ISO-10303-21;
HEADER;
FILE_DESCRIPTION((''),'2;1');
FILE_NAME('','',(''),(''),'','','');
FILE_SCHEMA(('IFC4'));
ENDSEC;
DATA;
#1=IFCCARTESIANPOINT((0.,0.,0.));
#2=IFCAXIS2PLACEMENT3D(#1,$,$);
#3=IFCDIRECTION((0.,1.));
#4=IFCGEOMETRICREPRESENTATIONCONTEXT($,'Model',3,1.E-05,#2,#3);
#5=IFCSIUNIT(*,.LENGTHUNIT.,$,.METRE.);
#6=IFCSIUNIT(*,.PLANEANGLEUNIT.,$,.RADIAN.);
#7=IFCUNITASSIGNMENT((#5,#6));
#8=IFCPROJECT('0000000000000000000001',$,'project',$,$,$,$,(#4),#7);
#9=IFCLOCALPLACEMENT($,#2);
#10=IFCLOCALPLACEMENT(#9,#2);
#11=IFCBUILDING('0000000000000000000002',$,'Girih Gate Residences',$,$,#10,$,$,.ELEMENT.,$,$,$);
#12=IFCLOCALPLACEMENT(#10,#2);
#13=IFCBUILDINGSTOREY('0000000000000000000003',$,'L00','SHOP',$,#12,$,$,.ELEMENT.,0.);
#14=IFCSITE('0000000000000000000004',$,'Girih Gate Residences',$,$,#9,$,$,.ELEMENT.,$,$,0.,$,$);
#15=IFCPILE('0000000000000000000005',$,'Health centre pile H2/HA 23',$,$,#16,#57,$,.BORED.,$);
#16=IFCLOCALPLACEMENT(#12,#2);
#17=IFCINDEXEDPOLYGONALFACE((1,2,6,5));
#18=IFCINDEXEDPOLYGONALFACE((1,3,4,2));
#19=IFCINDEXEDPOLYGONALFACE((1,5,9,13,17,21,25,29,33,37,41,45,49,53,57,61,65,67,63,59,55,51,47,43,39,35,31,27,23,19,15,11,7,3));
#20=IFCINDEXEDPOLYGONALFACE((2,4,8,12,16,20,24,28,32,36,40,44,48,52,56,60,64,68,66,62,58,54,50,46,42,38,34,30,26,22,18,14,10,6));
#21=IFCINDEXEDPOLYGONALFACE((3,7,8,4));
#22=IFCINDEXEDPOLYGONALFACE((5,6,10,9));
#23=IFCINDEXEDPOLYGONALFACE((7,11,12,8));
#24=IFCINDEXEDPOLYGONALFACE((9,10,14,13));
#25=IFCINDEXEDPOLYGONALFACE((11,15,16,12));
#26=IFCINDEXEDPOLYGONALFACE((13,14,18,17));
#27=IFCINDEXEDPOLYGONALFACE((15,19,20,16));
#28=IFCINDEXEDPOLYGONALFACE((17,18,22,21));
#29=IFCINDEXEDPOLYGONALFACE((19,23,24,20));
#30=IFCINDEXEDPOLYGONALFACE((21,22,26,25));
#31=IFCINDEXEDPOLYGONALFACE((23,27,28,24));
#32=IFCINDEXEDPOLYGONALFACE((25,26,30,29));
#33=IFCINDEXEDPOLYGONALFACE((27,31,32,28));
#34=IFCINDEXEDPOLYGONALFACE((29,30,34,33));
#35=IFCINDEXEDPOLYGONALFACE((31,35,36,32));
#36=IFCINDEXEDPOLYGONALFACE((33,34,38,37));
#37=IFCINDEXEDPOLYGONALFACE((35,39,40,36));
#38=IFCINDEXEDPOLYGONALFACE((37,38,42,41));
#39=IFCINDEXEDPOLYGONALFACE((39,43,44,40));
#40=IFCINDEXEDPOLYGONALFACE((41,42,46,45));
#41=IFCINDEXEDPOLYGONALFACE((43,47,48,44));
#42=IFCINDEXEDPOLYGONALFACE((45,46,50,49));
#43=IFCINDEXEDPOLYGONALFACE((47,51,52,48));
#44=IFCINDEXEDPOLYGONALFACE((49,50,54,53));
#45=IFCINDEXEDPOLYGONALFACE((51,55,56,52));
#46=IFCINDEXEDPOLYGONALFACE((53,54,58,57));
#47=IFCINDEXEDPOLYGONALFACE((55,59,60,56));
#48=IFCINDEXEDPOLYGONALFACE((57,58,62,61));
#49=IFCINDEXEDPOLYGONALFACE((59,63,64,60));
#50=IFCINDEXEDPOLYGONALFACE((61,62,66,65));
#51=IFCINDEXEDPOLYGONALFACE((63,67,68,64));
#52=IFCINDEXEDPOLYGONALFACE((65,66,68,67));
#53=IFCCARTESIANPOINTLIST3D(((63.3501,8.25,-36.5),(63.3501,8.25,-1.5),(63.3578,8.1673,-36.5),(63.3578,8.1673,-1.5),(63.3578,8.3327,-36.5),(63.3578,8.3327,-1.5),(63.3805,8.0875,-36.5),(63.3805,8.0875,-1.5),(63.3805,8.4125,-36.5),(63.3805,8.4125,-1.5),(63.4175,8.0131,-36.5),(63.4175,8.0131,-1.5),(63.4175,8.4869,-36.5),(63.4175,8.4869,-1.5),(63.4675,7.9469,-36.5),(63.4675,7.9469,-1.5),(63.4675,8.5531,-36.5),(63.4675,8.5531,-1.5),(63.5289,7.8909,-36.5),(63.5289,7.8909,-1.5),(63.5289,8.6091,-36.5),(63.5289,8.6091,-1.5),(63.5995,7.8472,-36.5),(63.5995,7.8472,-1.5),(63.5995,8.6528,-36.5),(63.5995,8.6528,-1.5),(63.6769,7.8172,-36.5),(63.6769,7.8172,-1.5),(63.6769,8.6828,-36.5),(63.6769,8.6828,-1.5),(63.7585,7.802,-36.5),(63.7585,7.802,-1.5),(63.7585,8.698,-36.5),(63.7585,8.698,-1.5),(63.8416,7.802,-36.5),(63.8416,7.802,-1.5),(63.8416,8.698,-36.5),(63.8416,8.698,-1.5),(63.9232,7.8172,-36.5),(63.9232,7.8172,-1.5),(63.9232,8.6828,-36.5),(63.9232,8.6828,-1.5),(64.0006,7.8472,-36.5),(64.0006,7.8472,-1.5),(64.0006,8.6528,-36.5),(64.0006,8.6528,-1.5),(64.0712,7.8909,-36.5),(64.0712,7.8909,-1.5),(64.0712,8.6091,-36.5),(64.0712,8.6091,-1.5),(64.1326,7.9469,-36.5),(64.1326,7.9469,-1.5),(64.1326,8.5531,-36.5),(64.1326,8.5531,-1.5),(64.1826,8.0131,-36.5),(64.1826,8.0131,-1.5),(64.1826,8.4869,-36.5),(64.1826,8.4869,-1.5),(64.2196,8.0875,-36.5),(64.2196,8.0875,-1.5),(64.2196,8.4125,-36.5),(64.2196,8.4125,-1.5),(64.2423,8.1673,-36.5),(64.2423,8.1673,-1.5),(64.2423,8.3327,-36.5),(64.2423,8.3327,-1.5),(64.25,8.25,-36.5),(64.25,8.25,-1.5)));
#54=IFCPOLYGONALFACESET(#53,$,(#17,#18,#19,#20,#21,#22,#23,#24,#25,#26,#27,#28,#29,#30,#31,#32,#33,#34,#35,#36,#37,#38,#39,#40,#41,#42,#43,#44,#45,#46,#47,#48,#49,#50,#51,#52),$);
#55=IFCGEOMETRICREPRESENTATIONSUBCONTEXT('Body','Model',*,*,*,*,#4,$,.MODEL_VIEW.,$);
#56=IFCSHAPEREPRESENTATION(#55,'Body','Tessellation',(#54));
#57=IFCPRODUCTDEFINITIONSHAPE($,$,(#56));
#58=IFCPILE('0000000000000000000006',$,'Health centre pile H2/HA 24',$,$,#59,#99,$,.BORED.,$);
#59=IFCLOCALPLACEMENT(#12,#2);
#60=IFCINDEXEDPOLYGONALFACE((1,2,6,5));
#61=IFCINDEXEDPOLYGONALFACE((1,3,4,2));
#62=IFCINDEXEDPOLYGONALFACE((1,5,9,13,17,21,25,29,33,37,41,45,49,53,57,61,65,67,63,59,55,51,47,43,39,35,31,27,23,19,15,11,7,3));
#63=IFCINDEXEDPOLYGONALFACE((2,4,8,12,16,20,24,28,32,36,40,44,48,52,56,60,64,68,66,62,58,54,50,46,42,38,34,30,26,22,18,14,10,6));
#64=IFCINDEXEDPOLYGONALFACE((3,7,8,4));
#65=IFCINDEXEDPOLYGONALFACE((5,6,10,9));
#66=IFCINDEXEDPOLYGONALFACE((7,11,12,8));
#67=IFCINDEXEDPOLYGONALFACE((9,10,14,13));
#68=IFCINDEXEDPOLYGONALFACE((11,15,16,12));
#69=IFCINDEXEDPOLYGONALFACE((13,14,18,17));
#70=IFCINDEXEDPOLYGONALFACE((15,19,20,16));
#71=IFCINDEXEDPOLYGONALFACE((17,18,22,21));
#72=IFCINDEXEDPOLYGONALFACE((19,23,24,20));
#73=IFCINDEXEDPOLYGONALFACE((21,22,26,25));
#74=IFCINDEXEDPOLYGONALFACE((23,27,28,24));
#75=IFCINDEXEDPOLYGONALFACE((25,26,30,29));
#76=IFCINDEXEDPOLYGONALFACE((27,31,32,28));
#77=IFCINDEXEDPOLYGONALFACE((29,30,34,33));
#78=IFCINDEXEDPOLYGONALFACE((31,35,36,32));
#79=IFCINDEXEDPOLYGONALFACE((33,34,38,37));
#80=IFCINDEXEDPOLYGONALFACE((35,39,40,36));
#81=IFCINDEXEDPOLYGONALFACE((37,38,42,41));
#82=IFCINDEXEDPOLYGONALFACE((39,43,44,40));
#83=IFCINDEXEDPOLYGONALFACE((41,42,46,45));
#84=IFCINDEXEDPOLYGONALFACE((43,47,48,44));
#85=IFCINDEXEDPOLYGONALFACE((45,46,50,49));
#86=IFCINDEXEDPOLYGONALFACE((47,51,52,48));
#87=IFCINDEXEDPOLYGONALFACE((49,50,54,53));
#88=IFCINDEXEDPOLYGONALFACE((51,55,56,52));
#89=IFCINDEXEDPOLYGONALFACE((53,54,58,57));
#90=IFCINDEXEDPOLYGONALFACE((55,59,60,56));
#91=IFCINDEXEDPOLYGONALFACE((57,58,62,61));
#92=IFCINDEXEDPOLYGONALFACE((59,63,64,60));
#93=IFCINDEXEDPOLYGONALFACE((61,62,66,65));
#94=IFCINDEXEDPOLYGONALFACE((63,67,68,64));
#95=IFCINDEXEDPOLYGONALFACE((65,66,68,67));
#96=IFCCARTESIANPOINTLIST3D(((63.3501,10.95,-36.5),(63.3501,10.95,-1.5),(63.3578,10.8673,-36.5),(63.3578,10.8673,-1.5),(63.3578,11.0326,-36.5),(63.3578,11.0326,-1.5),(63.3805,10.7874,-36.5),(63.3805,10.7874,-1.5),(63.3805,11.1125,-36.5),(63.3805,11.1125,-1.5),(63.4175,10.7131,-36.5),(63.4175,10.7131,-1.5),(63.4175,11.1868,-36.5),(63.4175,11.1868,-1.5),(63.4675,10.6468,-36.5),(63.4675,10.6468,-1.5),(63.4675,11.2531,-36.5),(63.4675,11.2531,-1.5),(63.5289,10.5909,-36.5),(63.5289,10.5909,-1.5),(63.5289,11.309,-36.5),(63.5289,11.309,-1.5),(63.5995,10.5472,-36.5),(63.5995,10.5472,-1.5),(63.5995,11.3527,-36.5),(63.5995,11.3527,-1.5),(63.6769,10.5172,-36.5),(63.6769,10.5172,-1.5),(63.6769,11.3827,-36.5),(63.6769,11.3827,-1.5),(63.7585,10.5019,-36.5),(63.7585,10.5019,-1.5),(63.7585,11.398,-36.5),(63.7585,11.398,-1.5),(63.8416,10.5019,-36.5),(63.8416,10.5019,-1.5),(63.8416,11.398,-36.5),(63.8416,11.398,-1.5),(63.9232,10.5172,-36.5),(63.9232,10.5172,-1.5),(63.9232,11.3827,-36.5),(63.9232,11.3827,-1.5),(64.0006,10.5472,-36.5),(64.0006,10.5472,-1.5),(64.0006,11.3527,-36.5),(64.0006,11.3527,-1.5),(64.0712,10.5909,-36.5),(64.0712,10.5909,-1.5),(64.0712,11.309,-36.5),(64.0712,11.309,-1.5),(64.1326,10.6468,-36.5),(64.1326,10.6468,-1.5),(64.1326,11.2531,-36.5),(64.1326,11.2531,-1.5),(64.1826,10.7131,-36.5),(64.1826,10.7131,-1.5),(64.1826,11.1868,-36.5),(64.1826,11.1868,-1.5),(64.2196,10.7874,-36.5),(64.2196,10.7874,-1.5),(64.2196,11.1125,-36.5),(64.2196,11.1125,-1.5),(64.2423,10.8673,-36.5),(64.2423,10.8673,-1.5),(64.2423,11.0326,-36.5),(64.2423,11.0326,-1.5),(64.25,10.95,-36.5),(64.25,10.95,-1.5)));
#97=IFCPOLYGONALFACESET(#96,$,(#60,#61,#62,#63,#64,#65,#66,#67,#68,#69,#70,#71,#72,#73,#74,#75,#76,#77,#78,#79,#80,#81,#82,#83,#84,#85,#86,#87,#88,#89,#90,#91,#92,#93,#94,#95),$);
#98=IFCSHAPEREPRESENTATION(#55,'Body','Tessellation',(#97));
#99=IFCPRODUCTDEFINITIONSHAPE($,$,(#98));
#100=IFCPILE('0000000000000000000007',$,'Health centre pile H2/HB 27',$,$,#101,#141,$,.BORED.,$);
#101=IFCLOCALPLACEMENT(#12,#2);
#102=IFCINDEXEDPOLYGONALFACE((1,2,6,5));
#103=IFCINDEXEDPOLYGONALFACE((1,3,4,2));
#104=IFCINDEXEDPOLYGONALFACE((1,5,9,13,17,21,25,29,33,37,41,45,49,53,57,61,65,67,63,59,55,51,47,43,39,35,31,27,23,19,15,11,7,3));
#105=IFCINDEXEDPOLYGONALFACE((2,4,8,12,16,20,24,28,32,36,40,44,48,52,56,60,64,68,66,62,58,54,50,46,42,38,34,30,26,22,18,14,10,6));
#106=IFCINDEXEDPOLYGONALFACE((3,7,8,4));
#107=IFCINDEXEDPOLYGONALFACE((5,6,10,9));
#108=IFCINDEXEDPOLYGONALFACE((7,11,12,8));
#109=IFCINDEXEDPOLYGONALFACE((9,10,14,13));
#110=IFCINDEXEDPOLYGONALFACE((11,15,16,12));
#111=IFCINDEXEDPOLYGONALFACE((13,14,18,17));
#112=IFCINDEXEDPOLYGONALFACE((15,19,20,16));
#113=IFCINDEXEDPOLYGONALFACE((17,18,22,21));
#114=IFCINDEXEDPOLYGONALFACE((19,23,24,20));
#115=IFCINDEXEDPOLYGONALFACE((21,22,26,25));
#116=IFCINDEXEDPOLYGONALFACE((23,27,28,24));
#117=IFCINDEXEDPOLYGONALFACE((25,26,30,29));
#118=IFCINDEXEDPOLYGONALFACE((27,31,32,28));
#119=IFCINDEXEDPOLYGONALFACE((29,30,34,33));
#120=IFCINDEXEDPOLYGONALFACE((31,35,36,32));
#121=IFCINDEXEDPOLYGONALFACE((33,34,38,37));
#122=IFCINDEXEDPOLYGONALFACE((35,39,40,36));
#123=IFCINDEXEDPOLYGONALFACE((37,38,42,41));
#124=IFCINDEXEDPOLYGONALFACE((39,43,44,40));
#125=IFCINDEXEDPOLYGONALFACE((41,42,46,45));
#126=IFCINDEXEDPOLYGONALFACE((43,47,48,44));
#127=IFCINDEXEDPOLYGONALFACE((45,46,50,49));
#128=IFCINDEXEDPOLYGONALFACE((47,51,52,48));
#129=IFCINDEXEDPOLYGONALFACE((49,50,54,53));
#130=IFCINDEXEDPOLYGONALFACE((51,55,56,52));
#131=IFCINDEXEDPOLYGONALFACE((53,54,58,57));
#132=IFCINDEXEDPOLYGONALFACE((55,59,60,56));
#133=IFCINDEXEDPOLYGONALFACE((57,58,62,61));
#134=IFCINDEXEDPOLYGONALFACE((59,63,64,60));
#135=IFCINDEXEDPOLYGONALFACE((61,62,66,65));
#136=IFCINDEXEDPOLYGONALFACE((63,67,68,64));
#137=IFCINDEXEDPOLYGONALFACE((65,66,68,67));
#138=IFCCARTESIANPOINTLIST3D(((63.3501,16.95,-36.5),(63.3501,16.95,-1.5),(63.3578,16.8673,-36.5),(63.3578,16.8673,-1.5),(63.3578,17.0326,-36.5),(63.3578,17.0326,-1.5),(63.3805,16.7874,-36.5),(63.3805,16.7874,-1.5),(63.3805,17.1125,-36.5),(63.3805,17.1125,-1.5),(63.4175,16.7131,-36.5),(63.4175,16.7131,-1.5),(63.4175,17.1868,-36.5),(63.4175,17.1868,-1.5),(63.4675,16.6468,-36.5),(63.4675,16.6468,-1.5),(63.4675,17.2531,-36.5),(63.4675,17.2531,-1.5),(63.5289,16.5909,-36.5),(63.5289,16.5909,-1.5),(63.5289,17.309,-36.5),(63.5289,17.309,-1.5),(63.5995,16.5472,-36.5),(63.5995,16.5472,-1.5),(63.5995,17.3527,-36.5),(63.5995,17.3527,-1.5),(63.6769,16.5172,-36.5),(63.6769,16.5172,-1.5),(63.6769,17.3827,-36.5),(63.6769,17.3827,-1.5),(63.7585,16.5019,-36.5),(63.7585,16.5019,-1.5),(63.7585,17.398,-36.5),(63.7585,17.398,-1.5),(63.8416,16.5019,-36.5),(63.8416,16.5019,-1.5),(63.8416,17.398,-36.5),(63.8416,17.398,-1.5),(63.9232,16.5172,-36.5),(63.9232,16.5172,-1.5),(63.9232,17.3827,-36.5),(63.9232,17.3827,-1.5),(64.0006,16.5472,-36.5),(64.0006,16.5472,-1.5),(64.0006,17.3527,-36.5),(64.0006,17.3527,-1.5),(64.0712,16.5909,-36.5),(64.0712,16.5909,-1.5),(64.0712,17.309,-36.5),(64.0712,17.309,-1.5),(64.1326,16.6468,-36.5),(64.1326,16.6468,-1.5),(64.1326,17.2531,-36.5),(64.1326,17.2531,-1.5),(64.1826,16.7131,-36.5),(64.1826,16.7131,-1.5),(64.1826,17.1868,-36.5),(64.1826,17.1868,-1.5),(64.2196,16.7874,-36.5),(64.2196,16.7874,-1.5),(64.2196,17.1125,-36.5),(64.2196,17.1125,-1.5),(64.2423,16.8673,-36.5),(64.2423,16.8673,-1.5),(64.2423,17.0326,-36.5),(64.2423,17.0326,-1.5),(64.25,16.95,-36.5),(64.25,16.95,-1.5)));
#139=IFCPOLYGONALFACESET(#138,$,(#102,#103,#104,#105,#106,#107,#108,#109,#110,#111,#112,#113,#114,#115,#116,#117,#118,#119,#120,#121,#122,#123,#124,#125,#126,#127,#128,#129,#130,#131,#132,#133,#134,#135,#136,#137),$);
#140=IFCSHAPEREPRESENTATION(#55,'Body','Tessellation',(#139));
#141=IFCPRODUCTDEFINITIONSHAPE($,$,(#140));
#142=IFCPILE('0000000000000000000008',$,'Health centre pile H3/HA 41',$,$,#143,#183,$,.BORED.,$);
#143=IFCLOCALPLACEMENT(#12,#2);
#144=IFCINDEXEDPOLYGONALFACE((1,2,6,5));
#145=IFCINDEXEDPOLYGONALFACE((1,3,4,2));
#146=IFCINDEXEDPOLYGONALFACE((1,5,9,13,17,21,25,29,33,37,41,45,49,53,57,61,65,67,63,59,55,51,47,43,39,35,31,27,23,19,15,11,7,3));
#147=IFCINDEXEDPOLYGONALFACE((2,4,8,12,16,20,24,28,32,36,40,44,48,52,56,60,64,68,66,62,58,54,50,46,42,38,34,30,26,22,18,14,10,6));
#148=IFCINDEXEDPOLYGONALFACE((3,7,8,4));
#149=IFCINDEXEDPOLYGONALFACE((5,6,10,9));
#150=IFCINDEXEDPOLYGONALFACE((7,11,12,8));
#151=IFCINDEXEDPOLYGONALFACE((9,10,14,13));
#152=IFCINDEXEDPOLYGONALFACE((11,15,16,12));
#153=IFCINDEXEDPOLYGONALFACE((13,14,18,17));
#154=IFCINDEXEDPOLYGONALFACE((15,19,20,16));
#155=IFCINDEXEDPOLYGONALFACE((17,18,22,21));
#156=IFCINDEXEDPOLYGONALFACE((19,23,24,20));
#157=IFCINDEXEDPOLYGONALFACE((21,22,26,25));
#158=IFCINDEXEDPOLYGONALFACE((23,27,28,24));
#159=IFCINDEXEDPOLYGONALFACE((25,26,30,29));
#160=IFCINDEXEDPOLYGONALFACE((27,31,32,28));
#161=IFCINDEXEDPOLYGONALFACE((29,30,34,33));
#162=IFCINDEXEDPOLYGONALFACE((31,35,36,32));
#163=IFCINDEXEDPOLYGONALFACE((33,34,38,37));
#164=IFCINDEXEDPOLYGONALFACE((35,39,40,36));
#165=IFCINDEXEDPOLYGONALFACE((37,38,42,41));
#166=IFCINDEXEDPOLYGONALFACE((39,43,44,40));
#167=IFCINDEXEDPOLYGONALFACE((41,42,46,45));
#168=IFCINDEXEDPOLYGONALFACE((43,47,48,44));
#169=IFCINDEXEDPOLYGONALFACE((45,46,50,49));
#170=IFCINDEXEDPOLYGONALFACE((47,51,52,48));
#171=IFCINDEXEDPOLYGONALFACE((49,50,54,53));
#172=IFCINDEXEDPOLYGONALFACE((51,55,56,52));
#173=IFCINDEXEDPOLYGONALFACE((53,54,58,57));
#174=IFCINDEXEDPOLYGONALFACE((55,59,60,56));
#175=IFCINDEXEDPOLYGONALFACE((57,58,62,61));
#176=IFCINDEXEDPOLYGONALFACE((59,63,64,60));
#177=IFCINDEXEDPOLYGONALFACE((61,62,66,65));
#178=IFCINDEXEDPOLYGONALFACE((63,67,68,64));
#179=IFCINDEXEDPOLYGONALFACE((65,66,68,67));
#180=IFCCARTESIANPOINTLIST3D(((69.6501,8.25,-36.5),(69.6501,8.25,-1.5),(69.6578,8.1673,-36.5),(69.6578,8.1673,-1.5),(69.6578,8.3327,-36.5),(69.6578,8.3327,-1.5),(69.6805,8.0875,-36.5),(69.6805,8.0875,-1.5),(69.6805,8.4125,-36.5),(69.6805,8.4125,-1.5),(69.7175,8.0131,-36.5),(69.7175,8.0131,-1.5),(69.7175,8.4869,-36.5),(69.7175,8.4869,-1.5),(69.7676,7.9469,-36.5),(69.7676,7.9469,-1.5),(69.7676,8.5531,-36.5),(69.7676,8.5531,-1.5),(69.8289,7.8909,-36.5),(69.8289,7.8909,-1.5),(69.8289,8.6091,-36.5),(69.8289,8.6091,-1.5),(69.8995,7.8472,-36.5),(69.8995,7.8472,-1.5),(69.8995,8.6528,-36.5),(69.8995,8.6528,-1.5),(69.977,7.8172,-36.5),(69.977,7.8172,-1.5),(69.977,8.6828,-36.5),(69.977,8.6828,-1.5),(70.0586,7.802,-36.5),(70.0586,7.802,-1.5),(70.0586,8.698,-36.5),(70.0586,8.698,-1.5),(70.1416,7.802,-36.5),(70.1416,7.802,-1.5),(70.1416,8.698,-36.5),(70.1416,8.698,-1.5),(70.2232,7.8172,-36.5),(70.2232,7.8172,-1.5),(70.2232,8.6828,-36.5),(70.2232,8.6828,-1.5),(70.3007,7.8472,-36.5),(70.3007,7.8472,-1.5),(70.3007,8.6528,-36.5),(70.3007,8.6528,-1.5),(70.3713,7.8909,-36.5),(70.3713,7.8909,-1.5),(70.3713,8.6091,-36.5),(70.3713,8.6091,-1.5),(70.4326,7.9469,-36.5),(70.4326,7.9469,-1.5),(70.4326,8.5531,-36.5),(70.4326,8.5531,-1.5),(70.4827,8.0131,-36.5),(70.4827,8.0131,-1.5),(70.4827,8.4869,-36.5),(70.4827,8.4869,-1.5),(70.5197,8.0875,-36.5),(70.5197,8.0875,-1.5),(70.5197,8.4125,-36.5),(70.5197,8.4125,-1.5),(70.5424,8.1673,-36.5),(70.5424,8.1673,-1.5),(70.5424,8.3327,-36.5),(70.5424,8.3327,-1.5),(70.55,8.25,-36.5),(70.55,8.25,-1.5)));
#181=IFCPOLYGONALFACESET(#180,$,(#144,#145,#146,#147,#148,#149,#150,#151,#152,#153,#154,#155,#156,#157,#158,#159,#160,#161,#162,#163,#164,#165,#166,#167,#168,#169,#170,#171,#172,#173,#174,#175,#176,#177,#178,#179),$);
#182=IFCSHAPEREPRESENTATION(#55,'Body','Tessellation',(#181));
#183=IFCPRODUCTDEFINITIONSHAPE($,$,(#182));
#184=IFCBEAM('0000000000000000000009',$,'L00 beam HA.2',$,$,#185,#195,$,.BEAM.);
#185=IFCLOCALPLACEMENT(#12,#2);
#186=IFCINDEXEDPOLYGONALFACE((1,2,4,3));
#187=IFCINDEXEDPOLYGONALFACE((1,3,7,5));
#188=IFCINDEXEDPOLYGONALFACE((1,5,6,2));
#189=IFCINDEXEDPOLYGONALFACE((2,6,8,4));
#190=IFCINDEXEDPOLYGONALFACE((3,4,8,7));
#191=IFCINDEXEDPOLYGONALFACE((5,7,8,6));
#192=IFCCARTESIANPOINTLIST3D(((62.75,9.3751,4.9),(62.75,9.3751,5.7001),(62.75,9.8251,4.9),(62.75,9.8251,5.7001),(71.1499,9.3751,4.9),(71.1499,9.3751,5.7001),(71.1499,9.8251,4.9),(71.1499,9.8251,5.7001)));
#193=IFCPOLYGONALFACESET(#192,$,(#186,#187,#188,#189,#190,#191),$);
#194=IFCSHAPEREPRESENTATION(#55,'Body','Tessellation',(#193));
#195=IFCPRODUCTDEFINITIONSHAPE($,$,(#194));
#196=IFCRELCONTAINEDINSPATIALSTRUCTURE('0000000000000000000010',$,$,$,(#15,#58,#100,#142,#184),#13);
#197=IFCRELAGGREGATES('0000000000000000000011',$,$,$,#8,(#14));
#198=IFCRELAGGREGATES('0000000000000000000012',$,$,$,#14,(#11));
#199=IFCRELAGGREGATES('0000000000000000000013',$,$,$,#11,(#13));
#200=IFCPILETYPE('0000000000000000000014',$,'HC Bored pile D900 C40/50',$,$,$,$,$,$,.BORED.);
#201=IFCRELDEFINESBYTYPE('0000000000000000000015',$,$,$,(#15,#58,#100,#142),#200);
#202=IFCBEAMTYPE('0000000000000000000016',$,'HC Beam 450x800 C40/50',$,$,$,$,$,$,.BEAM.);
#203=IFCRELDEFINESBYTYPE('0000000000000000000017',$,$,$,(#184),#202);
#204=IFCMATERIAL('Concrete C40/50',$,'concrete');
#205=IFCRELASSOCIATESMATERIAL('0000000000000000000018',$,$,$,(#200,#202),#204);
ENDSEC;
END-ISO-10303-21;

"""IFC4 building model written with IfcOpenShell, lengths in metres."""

from ifc_helpers import new_model, si_unit, direction, frame, origin, origin_2d, place, context, subcontext, project, spatial, rectangle, circle, extrude, material, material_profile, profile_set, type_object, element, save


model = new_model("IFC4")

# Units and contexts
model_context = context("Model", 3, precision=1e-05, world=origin(), true_north=direction((0.0, 1.0)))
body_context = subcontext(model_context, "Body", "Model", "MODEL_VIEW")
ifc_project = project(units=[si_unit("LENGTHUNIT", "METRE"), si_unit("PLANEANGLEUNIT", "RADIAN")], contexts=[model_context])

# Site, building, storey
site_placement = place(None, origin())
site = spatial("IfcSite", under=ifc_project, at=site_placement, Name="Girih Gate Residences", CompositionType="ELEMENT", RefElevation=0.0)
building_placement = place(site_placement, origin())
building = spatial("IfcBuilding", under=site, at=building_placement, Name="Girih Gate Residences", CompositionType="ELEMENT")
storey_placement = place(building_placement, origin())
storey = spatial("IfcBuildingStorey", under=building, at=storey_placement, Name="L00", Description="SHOP", CompositionType="ELEMENT", Elevation=0.0)

# Piles
ifc_material_1 = material(Name="Concrete C40/50", Category="concrete")
ifc_material_profile_1 = material_profile(ifc_material_1, circle(Radius=0.45, at=origin_2d()))
ifc_profile_set_1 = profile_set([ifc_material_profile_1], Name="Concrete C40/50")
pile_type = type_object("IfcPileType", Name="HC Bored pile D900 C40/50", PredefinedType="BORED", material=ifc_profile_set_1)
for number, where, z_axis, x_axis, name in (
    (1, (63.8, 8.25, -1.5), (0.0, 0.0, -1.0), (1.0, 0.0, 0.0), "Health centre pile H2/HA 23"),
    (2, (63.8, 10.95, -1.5), (0.0, 0.0, -1.0), (1.0, 0.0, 0.0), "Health centre pile H2/HA 24"),
    (3, (63.8, 16.95, -1.5), (0.0, 0.0, -1.0), (1.0, 0.0, 0.0), "Health centre pile H2/HB 27"),
    (4, (70.1001, 8.25, -1.5), (0.0, 0.0, -1.0), (1.0, 0.0, 0.0), "Health centre pile H3/HA 41"),
):
    element("IfcPile", number, at=place(storey_placement, frame(where, z_axis=z_axis, x_axis=x_axis)), inside=storey, type_object=pile_type, Name=name, PredefinedType="BORED", context=body_context, shape_type="SweptSolid", body=[
        extrude(circle(Radius=0.45, at=origin_2d()), origin(), (0.0, 0.0, 1.0), 35.0),
    ])

# Beam
ifc_material_profile_2 = material_profile(ifc_material_1, rectangle(XDim=0.45, YDim=0.8, at=origin_2d()))
ifc_profile_set_2 = profile_set([ifc_material_profile_2], Name="Concrete C40/50")
beam_type = type_object("IfcBeamType", Name="HC Beam 450x800 C40/50", PredefinedType="BEAM", material=ifc_profile_set_2)
beam_placement = place(storey_placement, frame((62.75, 9.6001, 5.3), z_axis=(1.0, 0.0, 0.0), x_axis=(0.0, 1.0, 0.0)))
element("IfcBeam", 5, at=beam_placement, inside=storey, type_object=beam_type, Name="L00 beam HA.2", PredefinedType="BEAM", context=body_context, shape_type="SweptSolid", body=[
    extrude(rectangle(XDim=0.45, YDim=0.8, at=origin_2d()), origin(), (0.0, 0.0, 1.0), 8.3999),
])

save(model, "model.ifc")
